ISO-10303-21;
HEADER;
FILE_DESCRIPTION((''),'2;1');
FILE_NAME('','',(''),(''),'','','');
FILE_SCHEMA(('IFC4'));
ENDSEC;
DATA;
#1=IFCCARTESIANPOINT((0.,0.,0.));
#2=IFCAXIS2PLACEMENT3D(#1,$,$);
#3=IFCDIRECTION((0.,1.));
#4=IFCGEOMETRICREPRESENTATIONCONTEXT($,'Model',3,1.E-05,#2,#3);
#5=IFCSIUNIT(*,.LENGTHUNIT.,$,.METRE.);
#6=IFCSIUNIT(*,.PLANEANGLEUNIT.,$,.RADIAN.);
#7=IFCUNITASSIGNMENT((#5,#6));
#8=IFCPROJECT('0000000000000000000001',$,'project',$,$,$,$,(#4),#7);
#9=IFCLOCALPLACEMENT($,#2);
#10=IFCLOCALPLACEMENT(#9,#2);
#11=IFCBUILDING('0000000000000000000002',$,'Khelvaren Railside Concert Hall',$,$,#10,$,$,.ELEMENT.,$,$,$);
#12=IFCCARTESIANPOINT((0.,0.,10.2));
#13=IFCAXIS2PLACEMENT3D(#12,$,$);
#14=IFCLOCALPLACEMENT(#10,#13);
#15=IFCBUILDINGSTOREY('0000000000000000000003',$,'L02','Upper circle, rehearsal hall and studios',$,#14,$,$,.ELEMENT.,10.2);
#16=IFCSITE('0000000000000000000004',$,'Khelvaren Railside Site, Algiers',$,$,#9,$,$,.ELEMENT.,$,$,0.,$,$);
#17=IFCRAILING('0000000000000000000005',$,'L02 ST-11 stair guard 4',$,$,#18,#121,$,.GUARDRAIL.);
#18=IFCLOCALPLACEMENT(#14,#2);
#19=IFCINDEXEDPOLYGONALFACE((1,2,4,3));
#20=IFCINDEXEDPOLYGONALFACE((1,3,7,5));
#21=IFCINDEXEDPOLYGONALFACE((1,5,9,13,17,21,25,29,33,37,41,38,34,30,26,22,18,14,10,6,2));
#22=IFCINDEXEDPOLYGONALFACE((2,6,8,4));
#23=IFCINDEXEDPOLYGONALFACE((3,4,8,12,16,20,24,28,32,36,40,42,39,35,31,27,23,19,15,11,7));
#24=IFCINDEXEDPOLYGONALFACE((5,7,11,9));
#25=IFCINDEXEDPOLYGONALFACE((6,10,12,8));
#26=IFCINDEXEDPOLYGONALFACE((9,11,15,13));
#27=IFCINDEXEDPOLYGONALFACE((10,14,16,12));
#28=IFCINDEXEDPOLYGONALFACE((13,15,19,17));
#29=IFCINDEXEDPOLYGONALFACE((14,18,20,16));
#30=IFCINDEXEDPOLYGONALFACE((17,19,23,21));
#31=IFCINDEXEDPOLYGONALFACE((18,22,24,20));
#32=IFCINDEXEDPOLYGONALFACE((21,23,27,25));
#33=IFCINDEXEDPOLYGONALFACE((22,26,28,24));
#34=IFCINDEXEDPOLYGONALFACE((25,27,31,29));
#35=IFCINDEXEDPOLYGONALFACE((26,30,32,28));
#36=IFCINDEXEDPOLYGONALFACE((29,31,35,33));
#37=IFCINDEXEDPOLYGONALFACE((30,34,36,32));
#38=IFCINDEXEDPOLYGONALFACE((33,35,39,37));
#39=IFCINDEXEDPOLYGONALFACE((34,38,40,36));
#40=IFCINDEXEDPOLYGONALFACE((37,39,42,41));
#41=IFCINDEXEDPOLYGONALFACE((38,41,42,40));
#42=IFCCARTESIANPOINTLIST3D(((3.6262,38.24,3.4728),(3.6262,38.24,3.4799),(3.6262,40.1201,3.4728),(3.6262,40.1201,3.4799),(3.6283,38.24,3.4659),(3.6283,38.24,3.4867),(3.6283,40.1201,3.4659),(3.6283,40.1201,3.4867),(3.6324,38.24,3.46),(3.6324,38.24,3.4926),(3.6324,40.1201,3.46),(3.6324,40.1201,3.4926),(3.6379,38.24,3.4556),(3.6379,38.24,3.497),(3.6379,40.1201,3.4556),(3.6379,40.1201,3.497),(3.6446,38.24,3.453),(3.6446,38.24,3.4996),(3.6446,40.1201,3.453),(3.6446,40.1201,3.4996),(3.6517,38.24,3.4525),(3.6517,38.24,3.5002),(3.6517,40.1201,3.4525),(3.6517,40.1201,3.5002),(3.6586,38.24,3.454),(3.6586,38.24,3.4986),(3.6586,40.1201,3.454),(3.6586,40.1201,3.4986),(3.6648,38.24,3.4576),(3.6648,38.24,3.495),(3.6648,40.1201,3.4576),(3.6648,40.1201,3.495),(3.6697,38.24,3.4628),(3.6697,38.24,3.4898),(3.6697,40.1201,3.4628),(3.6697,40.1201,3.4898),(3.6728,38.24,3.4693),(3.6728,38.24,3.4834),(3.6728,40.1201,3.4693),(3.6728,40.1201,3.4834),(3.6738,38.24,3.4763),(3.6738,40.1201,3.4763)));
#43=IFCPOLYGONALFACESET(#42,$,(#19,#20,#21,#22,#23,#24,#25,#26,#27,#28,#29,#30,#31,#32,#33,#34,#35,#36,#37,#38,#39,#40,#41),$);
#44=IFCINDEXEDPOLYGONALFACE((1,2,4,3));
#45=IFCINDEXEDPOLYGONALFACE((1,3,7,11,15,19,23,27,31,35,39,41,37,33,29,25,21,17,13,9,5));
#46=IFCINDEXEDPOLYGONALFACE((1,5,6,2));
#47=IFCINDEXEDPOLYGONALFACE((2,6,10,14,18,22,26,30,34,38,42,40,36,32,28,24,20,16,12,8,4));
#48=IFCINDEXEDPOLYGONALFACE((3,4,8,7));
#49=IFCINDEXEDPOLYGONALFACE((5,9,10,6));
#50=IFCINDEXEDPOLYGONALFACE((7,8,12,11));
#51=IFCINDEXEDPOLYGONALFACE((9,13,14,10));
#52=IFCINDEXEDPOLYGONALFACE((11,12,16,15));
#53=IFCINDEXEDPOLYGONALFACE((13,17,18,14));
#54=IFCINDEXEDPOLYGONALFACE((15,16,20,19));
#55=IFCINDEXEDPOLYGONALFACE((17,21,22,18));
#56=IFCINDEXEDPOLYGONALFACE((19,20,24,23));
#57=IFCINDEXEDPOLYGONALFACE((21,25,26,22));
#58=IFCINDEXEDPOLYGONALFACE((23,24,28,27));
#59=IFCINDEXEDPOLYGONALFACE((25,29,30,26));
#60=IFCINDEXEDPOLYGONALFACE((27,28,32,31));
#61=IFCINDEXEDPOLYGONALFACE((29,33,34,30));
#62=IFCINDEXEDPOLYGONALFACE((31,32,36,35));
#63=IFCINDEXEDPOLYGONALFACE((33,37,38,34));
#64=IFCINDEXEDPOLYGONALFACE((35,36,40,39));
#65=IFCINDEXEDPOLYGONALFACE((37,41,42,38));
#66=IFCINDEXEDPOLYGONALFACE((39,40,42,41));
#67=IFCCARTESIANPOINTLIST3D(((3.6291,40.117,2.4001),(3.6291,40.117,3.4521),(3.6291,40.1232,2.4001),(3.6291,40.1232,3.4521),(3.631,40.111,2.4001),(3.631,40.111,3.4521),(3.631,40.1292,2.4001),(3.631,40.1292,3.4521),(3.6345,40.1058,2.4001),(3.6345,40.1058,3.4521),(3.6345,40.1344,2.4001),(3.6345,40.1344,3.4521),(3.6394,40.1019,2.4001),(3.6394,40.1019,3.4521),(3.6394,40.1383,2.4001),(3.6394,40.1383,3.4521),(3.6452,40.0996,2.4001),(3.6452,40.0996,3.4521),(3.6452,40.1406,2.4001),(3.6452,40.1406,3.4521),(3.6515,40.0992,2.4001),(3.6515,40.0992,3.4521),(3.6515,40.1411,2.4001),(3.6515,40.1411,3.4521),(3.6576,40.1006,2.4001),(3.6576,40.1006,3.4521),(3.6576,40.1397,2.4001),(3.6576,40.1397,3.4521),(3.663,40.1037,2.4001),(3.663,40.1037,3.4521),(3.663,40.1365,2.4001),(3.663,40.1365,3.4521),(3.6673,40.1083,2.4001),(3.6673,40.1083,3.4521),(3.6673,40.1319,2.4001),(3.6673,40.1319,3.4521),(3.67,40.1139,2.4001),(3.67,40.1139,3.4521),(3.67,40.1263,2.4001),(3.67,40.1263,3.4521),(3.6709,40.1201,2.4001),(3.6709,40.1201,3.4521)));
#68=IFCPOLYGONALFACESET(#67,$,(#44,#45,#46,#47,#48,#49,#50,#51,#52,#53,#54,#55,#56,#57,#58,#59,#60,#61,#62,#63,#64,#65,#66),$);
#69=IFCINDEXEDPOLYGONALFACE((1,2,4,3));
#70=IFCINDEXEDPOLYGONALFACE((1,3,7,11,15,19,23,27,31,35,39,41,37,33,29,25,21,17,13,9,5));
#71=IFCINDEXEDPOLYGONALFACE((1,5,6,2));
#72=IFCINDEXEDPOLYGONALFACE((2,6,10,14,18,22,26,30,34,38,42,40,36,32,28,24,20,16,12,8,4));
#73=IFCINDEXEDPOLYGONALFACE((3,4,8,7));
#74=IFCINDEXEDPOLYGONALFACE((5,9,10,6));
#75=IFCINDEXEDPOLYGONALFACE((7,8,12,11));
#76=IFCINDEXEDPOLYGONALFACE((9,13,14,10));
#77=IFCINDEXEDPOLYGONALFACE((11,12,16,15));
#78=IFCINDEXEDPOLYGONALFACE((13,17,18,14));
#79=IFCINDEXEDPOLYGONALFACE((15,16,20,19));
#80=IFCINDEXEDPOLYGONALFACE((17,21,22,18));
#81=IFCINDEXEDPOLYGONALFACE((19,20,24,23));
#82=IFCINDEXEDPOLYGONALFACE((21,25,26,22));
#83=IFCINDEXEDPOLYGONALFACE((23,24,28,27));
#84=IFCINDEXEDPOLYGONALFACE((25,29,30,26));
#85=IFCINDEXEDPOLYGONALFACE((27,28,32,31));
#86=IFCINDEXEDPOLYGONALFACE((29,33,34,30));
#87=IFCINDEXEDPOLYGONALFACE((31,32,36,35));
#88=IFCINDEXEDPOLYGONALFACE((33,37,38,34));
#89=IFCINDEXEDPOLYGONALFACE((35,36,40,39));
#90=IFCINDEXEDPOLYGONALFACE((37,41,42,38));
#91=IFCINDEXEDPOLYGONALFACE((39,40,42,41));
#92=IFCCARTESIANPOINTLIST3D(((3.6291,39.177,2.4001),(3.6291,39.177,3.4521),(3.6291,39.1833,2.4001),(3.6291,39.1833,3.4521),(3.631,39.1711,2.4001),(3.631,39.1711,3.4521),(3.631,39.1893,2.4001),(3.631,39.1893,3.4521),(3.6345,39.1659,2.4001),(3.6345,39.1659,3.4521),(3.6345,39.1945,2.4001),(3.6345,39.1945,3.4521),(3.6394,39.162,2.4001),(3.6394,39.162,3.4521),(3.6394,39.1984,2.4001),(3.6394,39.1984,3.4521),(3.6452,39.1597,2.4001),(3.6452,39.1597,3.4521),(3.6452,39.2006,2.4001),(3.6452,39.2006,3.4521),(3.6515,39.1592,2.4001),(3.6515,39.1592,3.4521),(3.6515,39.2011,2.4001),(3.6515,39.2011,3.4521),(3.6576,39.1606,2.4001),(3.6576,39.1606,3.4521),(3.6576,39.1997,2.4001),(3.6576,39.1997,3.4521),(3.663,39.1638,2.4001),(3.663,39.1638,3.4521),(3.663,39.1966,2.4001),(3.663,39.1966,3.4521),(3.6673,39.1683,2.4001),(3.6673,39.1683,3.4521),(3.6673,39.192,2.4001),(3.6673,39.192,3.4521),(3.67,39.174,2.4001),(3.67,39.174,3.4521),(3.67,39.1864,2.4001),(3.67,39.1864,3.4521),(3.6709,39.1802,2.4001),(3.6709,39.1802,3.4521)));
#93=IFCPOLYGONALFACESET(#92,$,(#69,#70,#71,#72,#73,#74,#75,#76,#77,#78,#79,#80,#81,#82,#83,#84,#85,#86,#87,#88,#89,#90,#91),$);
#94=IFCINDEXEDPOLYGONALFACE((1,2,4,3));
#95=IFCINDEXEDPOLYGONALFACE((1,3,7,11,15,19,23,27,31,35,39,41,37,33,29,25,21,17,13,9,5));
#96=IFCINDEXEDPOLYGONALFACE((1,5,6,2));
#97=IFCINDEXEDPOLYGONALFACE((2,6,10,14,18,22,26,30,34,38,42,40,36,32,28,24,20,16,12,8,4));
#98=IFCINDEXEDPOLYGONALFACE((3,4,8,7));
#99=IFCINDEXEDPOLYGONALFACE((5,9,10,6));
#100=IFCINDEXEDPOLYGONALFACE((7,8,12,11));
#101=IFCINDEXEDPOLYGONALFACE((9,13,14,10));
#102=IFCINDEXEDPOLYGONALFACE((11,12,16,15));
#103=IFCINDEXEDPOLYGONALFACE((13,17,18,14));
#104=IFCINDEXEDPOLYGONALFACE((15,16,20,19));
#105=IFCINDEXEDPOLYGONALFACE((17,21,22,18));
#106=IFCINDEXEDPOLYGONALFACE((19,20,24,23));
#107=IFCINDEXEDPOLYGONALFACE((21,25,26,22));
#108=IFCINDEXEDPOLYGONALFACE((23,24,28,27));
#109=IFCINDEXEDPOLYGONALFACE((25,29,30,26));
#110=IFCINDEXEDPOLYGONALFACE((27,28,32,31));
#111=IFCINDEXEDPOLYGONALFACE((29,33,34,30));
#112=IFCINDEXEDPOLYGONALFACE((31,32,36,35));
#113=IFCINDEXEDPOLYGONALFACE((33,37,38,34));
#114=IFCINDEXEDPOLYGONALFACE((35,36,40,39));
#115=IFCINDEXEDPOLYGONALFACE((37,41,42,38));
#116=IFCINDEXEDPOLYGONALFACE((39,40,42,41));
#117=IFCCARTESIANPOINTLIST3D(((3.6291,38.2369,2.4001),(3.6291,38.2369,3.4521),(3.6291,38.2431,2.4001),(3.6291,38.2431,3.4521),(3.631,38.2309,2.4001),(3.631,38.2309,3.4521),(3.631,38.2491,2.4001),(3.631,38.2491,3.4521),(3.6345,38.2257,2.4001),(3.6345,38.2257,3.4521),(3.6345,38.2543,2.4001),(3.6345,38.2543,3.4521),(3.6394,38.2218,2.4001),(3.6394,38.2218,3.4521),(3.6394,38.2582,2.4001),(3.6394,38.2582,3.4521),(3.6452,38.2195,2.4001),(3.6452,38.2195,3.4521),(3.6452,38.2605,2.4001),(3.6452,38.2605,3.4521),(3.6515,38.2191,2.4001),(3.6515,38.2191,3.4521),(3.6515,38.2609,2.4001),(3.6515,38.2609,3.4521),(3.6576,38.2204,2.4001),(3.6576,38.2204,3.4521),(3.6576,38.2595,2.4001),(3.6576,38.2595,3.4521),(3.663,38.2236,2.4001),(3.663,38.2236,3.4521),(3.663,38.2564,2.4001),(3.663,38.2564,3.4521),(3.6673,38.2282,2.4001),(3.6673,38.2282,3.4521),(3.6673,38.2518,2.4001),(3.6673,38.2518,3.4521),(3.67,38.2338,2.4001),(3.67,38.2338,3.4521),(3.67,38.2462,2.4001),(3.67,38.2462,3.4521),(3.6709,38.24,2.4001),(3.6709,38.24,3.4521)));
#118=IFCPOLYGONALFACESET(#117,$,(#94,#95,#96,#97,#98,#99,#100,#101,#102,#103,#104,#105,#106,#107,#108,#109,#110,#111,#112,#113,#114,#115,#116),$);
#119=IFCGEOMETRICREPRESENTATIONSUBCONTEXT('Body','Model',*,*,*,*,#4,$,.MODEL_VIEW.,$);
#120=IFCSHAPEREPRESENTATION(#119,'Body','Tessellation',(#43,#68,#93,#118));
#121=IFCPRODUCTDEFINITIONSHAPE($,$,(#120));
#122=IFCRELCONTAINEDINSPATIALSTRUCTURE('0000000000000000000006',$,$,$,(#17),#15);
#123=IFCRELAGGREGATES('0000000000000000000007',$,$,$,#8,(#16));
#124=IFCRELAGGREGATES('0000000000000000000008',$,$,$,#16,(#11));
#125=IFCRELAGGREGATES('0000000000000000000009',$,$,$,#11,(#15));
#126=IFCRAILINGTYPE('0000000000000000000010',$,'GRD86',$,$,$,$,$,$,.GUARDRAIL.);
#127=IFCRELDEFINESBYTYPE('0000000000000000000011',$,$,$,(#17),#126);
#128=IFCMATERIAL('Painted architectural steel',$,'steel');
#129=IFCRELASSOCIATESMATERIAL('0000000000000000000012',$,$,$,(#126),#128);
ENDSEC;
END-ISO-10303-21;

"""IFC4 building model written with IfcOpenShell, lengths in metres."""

from ifc_helpers import new_model, si_unit, direction, frame, origin, origin_2d, place, context, subcontext, project, spatial, circle, extrude, material, type_object, element, save


model = new_model("IFC4")

# Units and contexts
model_context = context("Model", 3, precision=1e-05, world=origin(), true_north=direction((0.0, 1.0)))
body_context = subcontext(model_context, "Body", "Model", "MODEL_VIEW")
ifc_project = project(units=[si_unit("LENGTHUNIT", "METRE"), si_unit("PLANEANGLEUNIT", "RADIAN")], contexts=[model_context])

# Site, building, storey
site_placement = place(None, origin())
site = spatial("IfcSite", under=ifc_project, at=site_placement, Name="Khelvaren Railside Site, Algiers", CompositionType="ELEMENT", RefElevation=0.0)
building_placement = place(site_placement, origin())
building = spatial("IfcBuilding", under=site, at=building_placement, Name="Khelvaren Railside Concert Hall", CompositionType="ELEMENT")
storey_placement = place(building_placement, frame((0.0, 0.0, 10.2)))
storey = spatial("IfcBuildingStorey", under=building, at=storey_placement, Name="L02", Description="Upper circle, rehearsal hall and studios", CompositionType="ELEMENT", Elevation=10.2)

# Railing
ifc_material_1 = material(Name="Painted architectural steel", Category="steel")
railing_type_1 = type_object("IfcRailingType", Name="GRD86", PredefinedType="GUARDRAIL", material=ifc_material_1)
for number, where, name in (
    (1, (3.6499, 40.1201, 2.4001), "L02 ST-11 stair guard 4"),
):
    element("IfcRailing", number, at=place(storey_placement, frame(where)), inside=storey, type_object=railing_type_1, Name=name, PredefinedType="GUARDRAIL", context=body_context, shape_type="SweptSolid", body=[
        extrude(circle(Radius=0.0239, at=origin_2d()), frame((0.0, 0.0, 1.0762), z_axis=(0.0, -1.0, 0.0), x_axis=(1.0, 0.0, 0.0)), (0.0, 0.0, 1.0), 1.8801),
        extrude(circle(Radius=0.021, at=origin_2d()), origin(), (0.0, 0.0, 1.0), 1.052),
        extrude(circle(Radius=0.021, at=origin_2d()), frame((0.0, -0.9399, 0.0)), (0.0, 0.0, 1.0), 1.052),
        extrude(circle(Radius=0.021, at=origin_2d()), frame((0.0, -1.8801, 0.0)), (0.0, 0.0, 1.0), 1.052),
    ])

save(model, "model.ifc")
